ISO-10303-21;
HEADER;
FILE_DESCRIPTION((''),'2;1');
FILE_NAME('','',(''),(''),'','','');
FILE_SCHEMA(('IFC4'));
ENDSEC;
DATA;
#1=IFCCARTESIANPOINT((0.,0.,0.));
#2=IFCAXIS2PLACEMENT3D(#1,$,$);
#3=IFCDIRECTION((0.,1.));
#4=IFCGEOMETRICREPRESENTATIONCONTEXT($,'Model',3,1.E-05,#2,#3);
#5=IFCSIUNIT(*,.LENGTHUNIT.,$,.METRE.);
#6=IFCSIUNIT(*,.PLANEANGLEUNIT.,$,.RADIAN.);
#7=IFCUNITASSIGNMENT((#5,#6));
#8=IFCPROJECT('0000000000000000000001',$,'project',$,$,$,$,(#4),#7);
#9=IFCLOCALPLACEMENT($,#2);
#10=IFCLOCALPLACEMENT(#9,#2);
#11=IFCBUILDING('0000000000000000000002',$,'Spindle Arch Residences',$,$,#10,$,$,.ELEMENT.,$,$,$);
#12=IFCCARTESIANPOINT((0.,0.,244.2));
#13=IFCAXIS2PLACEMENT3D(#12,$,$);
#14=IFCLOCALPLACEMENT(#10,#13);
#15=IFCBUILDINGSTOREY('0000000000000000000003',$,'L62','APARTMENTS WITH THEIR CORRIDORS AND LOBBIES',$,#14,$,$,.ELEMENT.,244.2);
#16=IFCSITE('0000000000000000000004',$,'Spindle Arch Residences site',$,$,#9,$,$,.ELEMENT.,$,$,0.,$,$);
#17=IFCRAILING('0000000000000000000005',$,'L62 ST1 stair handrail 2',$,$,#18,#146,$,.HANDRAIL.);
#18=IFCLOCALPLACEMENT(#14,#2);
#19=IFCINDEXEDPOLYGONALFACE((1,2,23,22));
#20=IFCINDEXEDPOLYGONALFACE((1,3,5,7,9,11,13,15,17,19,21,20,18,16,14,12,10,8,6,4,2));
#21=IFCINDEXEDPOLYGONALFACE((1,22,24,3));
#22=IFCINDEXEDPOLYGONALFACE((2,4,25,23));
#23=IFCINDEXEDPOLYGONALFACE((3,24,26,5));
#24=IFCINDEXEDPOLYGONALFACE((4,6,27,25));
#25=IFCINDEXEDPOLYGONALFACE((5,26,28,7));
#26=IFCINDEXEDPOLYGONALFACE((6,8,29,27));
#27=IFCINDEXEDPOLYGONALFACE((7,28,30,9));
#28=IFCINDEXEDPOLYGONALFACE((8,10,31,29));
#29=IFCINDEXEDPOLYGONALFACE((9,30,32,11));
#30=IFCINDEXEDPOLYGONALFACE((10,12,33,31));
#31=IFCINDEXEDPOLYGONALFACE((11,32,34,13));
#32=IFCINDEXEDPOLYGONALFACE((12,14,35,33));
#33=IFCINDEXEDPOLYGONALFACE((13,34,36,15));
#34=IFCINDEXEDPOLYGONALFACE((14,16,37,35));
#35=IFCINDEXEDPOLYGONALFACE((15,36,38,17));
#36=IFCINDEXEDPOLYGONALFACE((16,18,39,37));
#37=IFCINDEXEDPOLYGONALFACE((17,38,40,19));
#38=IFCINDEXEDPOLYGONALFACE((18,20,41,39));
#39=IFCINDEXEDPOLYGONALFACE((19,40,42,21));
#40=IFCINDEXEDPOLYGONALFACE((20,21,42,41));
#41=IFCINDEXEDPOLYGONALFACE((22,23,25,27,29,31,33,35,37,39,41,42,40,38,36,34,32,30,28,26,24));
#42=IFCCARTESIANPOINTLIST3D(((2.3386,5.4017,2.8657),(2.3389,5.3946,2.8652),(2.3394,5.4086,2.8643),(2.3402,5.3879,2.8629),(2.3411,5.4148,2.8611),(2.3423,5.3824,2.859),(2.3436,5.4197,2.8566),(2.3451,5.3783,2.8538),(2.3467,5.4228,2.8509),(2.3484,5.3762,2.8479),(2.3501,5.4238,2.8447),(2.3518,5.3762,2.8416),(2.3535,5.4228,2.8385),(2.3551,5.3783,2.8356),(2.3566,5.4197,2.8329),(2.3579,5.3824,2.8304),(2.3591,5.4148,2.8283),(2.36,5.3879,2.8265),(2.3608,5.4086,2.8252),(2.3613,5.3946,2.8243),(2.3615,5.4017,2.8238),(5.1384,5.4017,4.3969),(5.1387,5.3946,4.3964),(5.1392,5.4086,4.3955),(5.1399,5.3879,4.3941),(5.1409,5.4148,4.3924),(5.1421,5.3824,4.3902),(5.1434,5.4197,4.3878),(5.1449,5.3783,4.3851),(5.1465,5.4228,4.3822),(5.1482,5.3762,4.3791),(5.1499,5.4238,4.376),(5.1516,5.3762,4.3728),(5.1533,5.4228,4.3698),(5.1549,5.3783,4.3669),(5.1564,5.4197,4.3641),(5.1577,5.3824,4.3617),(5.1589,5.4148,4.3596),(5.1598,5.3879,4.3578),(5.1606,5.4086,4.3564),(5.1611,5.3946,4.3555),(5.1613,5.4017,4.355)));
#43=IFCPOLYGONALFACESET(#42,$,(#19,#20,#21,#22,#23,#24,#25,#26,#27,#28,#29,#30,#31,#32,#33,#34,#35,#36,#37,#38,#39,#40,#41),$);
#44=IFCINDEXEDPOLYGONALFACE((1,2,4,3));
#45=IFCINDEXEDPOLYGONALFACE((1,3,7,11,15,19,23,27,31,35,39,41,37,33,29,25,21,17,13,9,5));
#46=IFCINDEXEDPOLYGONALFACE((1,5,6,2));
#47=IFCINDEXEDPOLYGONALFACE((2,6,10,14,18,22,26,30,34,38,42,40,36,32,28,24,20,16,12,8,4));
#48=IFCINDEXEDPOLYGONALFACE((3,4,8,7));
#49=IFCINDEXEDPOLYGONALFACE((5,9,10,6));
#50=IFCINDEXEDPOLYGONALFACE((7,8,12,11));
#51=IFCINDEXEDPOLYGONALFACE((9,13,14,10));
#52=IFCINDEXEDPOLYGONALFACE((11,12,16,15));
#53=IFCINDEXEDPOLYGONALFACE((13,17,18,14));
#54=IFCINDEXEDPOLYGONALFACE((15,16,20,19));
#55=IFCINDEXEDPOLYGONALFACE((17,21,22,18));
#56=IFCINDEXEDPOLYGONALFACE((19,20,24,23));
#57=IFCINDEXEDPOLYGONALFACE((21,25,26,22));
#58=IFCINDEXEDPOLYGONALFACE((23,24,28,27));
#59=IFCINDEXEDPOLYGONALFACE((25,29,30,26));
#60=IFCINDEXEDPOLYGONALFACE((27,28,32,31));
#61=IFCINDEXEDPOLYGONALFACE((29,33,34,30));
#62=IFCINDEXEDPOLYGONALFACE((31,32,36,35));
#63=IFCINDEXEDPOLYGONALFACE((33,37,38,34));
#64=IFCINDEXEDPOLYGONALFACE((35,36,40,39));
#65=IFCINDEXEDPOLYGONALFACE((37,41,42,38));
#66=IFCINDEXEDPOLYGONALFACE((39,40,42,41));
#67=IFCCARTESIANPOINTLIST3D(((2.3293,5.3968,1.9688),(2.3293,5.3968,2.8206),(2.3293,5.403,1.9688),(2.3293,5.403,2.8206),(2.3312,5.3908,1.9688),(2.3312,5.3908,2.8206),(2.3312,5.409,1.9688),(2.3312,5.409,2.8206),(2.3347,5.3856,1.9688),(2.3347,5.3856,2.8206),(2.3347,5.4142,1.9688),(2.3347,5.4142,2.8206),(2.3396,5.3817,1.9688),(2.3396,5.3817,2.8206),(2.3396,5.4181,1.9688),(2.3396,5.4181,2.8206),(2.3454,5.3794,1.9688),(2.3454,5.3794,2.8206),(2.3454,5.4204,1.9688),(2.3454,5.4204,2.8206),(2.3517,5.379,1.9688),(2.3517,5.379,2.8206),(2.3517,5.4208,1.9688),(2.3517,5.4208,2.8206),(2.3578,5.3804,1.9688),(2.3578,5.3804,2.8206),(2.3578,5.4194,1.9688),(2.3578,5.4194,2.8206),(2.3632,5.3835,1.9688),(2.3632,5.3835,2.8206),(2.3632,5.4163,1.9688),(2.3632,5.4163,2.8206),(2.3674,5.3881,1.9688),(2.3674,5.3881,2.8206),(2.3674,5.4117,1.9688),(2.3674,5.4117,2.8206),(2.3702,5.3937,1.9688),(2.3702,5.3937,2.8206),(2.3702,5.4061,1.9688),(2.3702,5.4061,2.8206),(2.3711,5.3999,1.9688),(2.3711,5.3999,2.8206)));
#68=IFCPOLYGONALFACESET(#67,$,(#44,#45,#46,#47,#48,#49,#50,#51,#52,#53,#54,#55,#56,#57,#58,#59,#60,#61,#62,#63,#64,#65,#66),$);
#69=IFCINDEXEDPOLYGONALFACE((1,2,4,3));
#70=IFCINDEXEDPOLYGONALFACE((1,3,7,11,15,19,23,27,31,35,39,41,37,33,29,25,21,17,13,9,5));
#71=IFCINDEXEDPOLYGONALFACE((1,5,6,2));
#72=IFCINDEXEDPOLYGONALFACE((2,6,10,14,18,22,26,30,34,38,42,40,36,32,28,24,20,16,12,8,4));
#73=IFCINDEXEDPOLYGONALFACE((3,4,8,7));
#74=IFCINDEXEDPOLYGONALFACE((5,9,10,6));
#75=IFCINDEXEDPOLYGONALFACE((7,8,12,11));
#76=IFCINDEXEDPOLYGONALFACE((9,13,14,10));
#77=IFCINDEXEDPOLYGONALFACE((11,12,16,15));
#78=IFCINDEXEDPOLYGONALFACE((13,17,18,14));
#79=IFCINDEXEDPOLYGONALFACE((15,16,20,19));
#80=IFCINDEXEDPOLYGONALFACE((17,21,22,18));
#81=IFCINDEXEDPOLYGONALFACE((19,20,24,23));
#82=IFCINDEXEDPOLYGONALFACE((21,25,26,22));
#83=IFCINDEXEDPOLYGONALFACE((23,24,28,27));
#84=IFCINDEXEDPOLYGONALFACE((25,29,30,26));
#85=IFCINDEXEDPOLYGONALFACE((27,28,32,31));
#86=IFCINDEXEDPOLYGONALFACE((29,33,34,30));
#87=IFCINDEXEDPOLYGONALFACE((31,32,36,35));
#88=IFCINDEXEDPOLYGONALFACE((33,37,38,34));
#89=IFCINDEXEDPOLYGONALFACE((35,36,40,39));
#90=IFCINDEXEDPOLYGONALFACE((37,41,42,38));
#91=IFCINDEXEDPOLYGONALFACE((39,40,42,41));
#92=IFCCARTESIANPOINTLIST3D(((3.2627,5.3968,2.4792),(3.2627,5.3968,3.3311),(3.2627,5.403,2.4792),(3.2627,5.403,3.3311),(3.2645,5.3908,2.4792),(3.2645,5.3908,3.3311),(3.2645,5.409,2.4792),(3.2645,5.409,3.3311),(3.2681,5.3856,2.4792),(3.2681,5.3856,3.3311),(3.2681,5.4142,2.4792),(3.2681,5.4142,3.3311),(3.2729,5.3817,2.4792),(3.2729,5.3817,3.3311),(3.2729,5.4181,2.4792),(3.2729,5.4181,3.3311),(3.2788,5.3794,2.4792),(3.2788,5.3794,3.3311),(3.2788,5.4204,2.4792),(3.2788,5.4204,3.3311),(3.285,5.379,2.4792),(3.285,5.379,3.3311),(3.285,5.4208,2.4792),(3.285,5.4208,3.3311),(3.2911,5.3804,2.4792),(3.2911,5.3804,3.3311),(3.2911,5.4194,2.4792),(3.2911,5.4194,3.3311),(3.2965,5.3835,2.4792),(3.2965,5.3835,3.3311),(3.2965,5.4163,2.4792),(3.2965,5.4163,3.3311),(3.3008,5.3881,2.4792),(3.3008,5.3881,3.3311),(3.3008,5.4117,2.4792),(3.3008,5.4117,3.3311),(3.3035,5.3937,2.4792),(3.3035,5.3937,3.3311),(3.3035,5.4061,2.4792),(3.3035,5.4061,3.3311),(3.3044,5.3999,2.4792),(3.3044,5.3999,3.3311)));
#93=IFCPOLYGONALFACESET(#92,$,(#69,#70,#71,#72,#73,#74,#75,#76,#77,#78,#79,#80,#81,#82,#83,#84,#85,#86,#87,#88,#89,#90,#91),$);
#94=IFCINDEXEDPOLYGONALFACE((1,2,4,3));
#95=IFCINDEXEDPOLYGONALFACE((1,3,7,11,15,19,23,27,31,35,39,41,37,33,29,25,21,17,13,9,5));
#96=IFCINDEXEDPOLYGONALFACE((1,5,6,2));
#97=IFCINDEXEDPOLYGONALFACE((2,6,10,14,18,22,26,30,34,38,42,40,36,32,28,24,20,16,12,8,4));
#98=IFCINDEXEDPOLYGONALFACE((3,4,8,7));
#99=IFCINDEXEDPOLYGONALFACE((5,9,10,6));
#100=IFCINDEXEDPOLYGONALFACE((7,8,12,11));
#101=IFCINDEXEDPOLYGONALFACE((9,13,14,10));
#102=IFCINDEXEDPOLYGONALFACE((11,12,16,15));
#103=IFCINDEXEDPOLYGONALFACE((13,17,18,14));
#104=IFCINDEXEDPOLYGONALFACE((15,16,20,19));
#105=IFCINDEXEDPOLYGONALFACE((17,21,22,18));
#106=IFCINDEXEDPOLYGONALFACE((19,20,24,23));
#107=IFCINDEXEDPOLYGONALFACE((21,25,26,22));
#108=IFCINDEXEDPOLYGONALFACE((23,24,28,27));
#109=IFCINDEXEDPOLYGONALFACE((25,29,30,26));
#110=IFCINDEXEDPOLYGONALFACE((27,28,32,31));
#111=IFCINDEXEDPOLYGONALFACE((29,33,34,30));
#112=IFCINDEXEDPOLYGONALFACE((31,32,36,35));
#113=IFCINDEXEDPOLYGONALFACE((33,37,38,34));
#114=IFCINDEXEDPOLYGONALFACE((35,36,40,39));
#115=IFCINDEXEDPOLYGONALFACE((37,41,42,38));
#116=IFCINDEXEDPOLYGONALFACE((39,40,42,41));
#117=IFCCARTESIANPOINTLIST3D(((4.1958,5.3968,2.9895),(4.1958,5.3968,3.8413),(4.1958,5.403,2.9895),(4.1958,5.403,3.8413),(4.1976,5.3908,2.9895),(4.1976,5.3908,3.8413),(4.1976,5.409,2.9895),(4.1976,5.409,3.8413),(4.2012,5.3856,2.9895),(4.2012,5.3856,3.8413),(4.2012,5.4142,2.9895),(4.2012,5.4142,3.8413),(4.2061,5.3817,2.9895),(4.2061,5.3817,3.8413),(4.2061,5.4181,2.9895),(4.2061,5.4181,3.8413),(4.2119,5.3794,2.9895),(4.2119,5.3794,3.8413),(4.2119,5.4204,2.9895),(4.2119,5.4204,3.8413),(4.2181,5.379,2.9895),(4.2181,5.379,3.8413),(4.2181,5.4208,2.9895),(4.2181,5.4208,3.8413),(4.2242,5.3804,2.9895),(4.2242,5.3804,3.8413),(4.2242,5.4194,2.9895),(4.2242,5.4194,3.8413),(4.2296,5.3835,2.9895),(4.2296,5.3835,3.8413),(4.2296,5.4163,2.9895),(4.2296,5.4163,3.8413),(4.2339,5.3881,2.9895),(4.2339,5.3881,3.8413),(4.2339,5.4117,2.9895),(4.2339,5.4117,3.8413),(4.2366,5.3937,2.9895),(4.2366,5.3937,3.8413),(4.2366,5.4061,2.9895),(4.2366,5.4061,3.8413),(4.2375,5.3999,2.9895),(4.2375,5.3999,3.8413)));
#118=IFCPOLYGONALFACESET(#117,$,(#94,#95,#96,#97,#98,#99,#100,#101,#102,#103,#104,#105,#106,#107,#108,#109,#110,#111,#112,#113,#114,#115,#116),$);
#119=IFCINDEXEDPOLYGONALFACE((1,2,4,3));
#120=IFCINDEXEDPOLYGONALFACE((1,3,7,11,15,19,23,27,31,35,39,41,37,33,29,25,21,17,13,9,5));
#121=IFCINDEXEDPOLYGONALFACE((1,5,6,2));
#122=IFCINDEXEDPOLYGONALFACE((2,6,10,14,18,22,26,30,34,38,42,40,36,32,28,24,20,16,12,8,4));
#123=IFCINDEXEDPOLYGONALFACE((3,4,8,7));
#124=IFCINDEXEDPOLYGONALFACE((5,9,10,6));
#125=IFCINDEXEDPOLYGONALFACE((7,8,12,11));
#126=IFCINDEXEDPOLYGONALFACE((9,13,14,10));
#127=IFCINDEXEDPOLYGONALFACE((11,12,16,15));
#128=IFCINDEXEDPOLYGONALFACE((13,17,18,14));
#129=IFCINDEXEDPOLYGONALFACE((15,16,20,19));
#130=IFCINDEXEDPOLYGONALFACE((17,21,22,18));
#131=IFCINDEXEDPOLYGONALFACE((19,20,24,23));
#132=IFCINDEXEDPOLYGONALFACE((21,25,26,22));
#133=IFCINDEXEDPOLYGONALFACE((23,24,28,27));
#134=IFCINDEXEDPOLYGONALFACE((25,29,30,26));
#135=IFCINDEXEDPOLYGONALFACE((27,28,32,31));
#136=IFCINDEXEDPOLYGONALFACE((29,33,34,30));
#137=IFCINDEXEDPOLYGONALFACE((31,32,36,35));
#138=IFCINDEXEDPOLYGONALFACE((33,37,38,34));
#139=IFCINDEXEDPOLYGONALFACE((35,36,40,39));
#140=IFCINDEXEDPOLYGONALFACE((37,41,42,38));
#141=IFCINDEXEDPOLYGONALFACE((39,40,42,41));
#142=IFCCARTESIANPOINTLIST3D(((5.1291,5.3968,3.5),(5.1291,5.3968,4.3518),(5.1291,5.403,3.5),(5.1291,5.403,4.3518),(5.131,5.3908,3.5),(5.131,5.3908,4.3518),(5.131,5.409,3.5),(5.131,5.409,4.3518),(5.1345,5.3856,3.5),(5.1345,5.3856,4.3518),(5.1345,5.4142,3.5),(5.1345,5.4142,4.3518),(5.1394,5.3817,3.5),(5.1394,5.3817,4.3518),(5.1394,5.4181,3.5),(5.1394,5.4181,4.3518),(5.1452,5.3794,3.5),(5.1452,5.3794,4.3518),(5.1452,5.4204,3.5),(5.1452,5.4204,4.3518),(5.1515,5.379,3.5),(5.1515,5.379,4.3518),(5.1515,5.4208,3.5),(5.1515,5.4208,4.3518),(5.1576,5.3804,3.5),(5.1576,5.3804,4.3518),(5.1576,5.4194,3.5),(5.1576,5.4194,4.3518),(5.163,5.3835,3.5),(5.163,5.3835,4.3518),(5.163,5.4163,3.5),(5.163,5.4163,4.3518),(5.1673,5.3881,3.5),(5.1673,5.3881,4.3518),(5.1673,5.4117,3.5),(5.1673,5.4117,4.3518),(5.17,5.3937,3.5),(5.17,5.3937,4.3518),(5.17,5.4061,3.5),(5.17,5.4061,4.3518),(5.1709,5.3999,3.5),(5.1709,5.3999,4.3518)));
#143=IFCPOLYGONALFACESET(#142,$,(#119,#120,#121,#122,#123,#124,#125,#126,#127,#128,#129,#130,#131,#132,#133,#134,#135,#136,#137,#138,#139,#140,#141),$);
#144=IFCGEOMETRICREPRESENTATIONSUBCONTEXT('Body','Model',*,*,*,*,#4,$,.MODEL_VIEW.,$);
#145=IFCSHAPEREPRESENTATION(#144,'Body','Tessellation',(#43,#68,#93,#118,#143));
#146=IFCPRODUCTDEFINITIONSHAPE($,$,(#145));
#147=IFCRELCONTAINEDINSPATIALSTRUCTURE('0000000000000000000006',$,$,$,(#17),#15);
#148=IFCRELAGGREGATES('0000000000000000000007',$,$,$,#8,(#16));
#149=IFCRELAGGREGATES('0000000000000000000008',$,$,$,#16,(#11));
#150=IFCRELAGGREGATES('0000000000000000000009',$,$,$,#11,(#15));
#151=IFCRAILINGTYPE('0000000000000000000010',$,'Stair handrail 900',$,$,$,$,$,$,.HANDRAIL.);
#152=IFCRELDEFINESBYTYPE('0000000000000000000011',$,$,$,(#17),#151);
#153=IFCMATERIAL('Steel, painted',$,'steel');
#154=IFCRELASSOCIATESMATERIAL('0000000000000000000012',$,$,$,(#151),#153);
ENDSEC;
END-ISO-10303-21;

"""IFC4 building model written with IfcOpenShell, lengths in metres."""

from ifc_helpers import new_model, si_unit, direction, frame, origin, origin_2d, place, context, subcontext, project, spatial, circle, extrude, material, type_object, element, save


model = new_model("IFC4")

# Units and contexts
model_context = context("Model", 3, precision=1e-05, world=origin(), true_north=direction((0.0, 1.0)))
body_context = subcontext(model_context, "Body", "Model", "MODEL_VIEW")
ifc_project = project(units=[si_unit("LENGTHUNIT", "METRE"), si_unit("PLANEANGLEUNIT", "RADIAN")], contexts=[model_context])

# Site, building, storey
site_placement = place(None, origin())
site = spatial("IfcSite", under=ifc_project, at=site_placement, Name="Spindle Arch Residences site", CompositionType="ELEMENT", RefElevation=0.0)
building_placement = place(site_placement, origin())
building = spatial("IfcBuilding", under=site, at=building_placement, Name="Spindle Arch Residences", CompositionType="ELEMENT")
storey_placement = place(building_placement, frame((0.0, 0.0, 244.2)))
storey = spatial("IfcBuildingStorey", under=building, at=storey_placement, Name="L62", Description="APARTMENTS WITH THEIR CORRIDORS AND LOBBIES", CompositionType="ELEMENT", Elevation=244.2)

# Railing
ifc_material_1 = material(Name="Steel, painted", Category="steel")
railing_type_1 = type_object("IfcRailingType", Name="Stair handrail 900", PredefinedType="HANDRAIL", material=ifc_material_1)
railing_1_placement = place(storey_placement, frame((2.3501, 5.3999, 1.9688)))
element("IfcRailing", 1, at=railing_1_placement, inside=storey, type_object=railing_type_1, Name="L62 ST1 stair handrail 2", PredefinedType="HANDRAIL", context=body_context, shape_type="SweptSolid", body=[
    extrude(circle(Radius=0.0239, at=origin_2d()), frame((0.0, 0.0, 0.876), z_axis=(0.877357, 0.0, 0.479838), x_axis=(0.0, 1.0, 0.0)), (0.0, 0.0, 1.0), 3.1912),
    extrude(circle(Radius=0.021, at=origin_2d()), origin(), (0.0, 0.0, 1.0), 0.8518),
    extrude(circle(Radius=0.021, at=origin_2d()), frame((0.9333, 0.0, 0.5105)), (0.0, 0.0, 1.0), 0.8518),
    extrude(circle(Radius=0.021, at=origin_2d()), frame((1.8665, 0.0, 1.0208)), (0.0, 0.0, 1.0), 0.8518),
    extrude(circle(Radius=0.021, at=origin_2d()), frame((2.7998, 0.0, 1.5312)), (0.0, 0.0, 1.0), 0.8518),
])

save(model, "model.ifc")
